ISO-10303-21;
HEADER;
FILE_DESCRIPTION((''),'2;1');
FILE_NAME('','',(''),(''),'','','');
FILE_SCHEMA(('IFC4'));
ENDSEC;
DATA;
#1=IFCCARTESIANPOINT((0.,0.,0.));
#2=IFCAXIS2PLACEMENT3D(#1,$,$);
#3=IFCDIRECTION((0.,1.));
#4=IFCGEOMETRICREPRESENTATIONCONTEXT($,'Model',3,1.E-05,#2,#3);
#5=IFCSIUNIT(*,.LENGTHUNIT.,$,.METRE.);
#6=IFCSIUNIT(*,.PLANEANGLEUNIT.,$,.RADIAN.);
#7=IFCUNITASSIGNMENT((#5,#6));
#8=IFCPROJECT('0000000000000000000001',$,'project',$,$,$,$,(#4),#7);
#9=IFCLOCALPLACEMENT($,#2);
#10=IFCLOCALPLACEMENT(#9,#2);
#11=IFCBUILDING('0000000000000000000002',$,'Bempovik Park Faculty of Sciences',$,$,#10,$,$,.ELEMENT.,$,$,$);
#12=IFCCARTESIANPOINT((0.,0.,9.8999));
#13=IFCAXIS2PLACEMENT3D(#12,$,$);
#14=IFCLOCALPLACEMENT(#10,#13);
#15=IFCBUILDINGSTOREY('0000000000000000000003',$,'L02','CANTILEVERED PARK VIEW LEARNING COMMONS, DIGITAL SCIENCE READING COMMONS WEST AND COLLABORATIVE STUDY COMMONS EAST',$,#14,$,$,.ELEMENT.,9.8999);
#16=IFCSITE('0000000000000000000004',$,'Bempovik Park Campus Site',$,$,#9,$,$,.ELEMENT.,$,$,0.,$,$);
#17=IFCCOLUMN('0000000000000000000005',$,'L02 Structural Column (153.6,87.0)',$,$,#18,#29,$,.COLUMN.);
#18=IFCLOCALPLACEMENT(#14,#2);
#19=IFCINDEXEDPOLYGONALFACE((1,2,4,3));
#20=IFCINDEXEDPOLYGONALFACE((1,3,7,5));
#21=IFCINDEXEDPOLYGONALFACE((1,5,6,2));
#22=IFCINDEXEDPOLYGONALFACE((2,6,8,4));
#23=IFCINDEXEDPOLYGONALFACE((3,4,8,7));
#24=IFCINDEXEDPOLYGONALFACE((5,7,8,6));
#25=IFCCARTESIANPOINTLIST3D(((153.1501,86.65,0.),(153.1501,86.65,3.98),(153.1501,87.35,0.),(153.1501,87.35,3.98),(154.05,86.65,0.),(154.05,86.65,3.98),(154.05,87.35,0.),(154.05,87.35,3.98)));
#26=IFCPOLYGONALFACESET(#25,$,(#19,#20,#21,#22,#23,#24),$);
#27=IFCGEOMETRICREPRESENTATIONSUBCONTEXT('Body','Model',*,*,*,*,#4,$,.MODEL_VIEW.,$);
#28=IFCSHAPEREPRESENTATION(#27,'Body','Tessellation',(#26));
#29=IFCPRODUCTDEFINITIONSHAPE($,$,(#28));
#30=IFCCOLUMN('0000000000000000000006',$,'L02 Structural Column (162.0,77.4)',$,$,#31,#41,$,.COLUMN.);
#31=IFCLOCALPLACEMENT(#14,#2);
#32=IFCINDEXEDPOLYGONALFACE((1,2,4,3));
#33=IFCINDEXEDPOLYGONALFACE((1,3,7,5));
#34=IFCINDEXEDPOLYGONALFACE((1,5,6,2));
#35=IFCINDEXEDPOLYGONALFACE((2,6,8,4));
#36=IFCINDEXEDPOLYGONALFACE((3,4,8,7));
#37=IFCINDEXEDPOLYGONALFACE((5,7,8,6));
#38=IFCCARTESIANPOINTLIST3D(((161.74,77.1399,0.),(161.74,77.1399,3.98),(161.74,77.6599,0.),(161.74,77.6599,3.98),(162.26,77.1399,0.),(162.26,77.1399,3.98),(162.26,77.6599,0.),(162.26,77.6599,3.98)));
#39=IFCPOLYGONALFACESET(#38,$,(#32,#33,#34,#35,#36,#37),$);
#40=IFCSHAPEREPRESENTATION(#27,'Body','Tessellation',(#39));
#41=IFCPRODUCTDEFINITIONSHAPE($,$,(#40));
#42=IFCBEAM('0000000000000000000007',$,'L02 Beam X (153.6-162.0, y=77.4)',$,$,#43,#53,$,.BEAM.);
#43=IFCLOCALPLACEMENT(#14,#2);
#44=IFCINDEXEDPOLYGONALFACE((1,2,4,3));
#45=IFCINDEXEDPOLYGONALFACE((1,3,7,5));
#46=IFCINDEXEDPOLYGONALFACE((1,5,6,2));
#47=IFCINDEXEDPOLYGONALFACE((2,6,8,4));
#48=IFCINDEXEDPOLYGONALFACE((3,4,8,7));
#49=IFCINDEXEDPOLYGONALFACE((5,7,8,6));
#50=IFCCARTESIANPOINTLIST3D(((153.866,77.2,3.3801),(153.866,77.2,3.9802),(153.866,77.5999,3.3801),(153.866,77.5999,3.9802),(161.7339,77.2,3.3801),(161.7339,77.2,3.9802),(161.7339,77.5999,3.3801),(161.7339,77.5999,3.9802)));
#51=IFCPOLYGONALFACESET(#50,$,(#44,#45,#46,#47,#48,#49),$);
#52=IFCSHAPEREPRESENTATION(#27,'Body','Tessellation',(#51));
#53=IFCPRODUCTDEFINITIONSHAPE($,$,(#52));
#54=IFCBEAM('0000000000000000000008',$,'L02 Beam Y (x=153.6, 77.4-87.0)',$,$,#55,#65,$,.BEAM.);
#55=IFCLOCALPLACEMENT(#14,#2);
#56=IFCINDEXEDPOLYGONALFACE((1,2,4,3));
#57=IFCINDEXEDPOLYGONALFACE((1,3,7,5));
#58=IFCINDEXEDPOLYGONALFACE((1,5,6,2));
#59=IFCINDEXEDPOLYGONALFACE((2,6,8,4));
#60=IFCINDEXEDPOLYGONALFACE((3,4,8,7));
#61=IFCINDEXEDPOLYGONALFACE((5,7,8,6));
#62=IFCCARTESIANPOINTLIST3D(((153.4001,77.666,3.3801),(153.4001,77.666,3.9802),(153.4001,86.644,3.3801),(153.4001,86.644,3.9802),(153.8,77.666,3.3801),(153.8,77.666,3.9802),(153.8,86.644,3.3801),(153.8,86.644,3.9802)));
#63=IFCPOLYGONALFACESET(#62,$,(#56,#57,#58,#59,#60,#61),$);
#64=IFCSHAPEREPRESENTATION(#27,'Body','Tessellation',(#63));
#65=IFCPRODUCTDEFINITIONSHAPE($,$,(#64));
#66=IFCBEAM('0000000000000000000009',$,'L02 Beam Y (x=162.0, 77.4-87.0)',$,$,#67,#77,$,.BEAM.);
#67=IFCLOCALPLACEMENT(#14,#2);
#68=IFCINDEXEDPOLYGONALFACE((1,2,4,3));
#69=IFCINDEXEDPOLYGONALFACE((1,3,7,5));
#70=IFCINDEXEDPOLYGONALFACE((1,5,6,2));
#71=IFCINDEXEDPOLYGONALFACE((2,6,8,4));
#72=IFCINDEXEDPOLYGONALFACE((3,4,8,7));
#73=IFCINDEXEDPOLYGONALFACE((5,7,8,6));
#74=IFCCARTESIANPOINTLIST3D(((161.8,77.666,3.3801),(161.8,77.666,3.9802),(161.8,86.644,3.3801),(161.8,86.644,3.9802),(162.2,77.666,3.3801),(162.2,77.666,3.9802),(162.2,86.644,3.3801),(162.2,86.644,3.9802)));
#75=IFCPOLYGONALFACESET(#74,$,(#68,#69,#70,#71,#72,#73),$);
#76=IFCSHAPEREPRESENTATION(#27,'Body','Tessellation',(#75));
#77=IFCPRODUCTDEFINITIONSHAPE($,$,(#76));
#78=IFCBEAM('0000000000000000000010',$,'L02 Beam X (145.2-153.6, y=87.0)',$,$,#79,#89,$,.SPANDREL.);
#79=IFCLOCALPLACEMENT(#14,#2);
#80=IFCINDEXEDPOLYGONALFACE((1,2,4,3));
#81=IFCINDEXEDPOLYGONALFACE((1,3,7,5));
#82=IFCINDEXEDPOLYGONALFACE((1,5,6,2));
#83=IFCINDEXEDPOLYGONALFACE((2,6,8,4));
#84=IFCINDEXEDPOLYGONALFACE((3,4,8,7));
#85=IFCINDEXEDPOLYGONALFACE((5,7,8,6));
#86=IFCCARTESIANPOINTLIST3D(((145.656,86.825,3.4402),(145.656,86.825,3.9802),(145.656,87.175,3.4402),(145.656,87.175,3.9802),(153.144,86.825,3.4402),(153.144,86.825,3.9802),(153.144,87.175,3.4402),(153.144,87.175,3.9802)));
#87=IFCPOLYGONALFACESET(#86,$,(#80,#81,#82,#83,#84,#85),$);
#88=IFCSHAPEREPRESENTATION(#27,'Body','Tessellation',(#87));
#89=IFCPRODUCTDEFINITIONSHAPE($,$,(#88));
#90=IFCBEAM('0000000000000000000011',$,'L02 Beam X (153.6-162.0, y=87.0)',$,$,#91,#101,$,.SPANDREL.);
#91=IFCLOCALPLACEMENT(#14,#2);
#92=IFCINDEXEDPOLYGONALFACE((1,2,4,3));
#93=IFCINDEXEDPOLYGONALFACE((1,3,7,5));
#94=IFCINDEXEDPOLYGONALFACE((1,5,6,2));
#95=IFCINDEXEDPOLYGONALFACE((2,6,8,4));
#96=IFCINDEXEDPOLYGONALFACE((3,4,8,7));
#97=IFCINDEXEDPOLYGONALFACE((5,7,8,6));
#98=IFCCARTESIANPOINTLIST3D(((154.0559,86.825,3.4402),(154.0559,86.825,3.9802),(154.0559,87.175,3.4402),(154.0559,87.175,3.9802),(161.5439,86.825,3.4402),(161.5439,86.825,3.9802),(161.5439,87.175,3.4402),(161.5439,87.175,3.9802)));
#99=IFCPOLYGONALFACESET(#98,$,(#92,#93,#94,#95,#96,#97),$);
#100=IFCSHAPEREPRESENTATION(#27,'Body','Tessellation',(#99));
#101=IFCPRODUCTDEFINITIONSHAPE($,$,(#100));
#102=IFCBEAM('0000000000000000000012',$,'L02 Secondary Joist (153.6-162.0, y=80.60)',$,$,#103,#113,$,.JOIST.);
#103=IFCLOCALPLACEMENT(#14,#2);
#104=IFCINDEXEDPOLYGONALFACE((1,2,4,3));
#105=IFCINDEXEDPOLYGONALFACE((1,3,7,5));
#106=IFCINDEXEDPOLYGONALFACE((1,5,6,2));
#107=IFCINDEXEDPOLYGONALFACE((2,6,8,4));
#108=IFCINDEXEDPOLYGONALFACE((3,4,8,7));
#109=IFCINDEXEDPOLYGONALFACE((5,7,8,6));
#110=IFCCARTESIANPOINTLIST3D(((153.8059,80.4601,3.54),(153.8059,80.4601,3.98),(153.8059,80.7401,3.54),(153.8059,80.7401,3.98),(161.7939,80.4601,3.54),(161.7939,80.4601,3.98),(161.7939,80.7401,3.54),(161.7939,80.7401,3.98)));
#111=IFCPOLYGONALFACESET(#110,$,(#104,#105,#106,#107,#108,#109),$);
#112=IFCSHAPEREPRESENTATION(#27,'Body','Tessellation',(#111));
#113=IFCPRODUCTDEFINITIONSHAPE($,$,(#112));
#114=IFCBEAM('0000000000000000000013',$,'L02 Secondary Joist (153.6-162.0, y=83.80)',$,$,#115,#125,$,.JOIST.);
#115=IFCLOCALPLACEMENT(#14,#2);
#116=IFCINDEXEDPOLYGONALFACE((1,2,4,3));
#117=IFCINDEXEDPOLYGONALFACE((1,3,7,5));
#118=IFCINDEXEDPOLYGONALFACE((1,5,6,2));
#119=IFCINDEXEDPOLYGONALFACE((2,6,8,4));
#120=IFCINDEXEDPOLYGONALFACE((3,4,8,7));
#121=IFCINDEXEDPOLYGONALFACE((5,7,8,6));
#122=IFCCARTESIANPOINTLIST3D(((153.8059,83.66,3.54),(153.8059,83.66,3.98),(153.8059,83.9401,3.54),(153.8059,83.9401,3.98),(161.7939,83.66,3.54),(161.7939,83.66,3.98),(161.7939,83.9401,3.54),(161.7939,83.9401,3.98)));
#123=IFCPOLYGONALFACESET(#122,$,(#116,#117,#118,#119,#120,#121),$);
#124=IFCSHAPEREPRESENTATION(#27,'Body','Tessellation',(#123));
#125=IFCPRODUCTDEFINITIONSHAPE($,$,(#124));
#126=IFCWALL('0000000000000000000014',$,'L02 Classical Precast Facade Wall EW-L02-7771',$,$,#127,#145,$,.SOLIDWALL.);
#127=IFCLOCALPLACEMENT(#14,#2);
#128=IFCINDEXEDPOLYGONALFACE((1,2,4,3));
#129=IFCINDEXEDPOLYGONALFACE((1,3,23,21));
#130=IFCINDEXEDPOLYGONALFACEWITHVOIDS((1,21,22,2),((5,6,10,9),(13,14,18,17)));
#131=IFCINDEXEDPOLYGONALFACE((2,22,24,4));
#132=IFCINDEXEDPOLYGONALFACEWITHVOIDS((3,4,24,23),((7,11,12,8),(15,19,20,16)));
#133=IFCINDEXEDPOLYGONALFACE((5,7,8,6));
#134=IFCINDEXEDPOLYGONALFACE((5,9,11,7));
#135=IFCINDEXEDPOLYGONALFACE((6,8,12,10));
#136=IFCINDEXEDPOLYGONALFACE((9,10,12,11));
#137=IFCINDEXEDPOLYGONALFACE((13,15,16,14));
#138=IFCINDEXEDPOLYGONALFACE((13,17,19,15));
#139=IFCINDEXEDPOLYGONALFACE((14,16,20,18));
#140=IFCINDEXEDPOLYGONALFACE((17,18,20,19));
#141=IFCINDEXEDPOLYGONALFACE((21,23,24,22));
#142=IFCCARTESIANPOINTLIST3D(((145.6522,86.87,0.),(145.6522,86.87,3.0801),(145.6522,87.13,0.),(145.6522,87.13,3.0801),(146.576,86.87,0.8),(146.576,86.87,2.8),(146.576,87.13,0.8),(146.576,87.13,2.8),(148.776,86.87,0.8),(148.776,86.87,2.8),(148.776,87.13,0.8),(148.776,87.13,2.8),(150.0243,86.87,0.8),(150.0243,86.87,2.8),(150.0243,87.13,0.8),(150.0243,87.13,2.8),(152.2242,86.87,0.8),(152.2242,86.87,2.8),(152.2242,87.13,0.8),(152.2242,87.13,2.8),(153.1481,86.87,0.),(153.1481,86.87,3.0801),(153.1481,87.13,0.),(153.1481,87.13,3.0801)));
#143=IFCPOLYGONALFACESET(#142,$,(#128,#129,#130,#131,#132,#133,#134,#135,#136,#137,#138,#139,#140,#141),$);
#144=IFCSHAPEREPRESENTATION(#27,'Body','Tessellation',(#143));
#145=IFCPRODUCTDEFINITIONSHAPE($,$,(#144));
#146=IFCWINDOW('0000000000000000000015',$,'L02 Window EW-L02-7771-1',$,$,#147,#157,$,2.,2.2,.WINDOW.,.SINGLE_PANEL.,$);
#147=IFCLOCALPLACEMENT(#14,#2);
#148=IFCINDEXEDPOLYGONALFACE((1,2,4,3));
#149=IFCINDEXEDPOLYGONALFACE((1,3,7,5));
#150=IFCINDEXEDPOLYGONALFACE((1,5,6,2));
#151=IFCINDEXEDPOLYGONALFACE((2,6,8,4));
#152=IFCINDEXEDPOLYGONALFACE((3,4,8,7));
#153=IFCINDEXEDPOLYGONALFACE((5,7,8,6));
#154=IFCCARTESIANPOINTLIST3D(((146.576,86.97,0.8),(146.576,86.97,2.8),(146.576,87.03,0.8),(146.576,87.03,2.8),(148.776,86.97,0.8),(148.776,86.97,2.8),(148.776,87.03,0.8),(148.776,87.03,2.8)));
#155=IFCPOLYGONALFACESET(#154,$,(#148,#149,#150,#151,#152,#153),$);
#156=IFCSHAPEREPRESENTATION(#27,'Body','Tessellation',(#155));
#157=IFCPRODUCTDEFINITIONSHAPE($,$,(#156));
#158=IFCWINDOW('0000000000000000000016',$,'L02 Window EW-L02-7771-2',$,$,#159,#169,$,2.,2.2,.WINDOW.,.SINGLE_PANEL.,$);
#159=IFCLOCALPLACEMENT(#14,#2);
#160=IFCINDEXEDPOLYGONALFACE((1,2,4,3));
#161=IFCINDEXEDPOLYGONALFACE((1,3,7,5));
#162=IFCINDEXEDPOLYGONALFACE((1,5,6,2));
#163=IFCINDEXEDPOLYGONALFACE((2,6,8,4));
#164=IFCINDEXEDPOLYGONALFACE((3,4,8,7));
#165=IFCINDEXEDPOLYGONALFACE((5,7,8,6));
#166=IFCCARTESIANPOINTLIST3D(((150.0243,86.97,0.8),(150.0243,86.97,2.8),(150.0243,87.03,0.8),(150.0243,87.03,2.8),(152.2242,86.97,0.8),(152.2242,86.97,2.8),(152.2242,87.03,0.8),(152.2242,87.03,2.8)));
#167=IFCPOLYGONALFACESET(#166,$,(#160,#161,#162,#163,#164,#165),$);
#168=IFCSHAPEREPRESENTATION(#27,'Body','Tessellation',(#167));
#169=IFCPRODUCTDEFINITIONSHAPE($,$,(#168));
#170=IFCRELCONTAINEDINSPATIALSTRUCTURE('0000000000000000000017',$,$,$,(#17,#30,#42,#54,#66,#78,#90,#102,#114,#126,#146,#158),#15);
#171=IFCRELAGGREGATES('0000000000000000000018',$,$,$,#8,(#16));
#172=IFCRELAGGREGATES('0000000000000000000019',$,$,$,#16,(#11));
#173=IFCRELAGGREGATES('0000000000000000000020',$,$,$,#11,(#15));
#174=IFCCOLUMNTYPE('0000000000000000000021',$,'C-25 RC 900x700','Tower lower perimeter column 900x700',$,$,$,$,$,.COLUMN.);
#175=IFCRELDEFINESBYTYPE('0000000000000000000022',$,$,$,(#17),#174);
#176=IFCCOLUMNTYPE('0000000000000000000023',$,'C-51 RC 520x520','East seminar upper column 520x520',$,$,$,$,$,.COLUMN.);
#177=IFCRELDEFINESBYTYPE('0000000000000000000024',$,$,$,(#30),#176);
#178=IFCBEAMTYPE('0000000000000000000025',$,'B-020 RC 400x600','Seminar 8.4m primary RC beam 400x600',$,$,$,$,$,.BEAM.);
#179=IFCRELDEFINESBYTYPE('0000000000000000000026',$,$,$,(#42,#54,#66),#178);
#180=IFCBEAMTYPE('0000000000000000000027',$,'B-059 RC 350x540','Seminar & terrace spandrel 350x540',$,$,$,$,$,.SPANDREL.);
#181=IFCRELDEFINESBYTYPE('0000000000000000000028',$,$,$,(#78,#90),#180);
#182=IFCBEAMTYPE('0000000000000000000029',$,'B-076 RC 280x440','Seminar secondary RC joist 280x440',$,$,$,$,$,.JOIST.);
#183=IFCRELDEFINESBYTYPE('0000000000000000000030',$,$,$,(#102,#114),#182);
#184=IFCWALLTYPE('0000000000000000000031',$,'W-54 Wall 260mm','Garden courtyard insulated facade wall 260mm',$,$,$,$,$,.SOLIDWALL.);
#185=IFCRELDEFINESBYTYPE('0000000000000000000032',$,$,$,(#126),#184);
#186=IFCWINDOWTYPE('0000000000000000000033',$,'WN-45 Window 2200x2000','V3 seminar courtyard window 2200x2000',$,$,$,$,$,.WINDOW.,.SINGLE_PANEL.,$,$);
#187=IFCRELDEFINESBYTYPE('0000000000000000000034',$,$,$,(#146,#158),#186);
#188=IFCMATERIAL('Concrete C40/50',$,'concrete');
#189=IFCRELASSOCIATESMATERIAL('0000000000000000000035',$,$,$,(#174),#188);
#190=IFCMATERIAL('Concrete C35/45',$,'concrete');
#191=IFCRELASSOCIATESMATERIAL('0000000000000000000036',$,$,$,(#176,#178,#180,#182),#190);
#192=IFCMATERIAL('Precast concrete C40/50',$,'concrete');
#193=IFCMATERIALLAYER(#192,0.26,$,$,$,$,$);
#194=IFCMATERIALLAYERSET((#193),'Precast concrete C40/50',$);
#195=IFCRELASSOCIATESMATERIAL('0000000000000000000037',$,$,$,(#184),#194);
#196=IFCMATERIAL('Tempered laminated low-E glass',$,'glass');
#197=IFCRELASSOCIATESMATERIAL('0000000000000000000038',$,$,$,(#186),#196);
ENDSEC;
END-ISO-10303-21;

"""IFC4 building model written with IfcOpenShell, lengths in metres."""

from ifc_helpers import new_model, si_unit, direction, frame, frame_2d, origin, origin_2d, place, context, subcontext, project, spatial, rectangle, extrude, material, layer, layer_set, material_profile, profile_set, type_object, element, fill, save


model = new_model("IFC4")

# Units and contexts
model_context = context("Model", 3, precision=1e-05, world=origin(), true_north=direction((0.0, 1.0)))
body_context = subcontext(model_context, "Body", "Model", "MODEL_VIEW")
ifc_project = project(units=[si_unit("LENGTHUNIT", "METRE"), si_unit("PLANEANGLEUNIT", "RADIAN")], contexts=[model_context])

# Site, building, storey
site_placement = place(None, origin())
site = spatial("IfcSite", under=ifc_project, at=site_placement, Name="Bempovik Park Campus Site", CompositionType="ELEMENT", RefElevation=0.0)
building_placement = place(site_placement, origin())
building = spatial("IfcBuilding", under=site, at=building_placement, Name="Bempovik Park Faculty of Sciences", CompositionType="ELEMENT")
storey_placement = place(building_placement, frame((0.0, 0.0, 9.8999)))
storey = spatial("IfcBuildingStorey", under=building, at=storey_placement, Name="L02", Description="CANTILEVERED PARK VIEW LEARNING COMMONS, DIGITAL SCIENCE READING COMMONS WEST AND COLLABORATIVE STUDY COMMONS EAST", CompositionType="ELEMENT", Elevation=9.8999)

# Columns
ifc_material_1 = material(Name="Concrete C40/50", Category="concrete")
ifc_material_profile_1 = material_profile(ifc_material_1, rectangle(XDim=0.8999, YDim=0.7, at=origin_2d()), Name="RC 900x700")
ifc_profile_set_1 = profile_set([ifc_material_profile_1], Name="Concrete C40/50")
column_type_1 = type_object("IfcColumnType", Name="C-25 RC 900x700", Description="Tower lower perimeter column 900x700", PredefinedType="COLUMN", material=ifc_profile_set_1)
column_1_placement = place(storey_placement, frame((153.6001, 87.0, 0.0), z_axis=(0.0, 0.0, 1.0), x_axis=(1.0, 0.0, 0.0)))
element("IfcColumn", 1, at=column_1_placement, inside=storey, type_object=column_type_1, Name="L02 Structural Column (153.6,87.0)", PredefinedType="COLUMN", context=body_context, shape_type="SweptSolid", body=[
    extrude(rectangle(XDim=0.8999, YDim=0.7, at=origin_2d()), origin(), (0.0, 0.0, 1.0), 3.98),
])
ifc_material_2 = material(Name="Concrete C35/45", Category="concrete")
ifc_material_profile_2 = material_profile(ifc_material_2, rectangle(XDim=0.52, YDim=0.52, at=origin_2d()), Name="RC 520x520")
ifc_profile_set_2 = profile_set([ifc_material_profile_2], Name="Concrete C35/45")
column_type_2 = type_object("IfcColumnType", Name="C-51 RC 520x520", Description="East seminar upper column 520x520", PredefinedType="COLUMN", material=ifc_profile_set_2)
column_2_placement = place(storey_placement, frame((162.0, 77.3999, 0.0), z_axis=(0.0, 0.0, 1.0), x_axis=(1.0, 0.0, 0.0)))
element("IfcColumn", 2, at=column_2_placement, inside=storey, type_object=column_type_2, Name="L02 Structural Column (162.0,77.4)", PredefinedType="COLUMN", context=body_context, shape_type="SweptSolid", body=[
    extrude(rectangle(XDim=0.52, YDim=0.52, at=origin_2d()), origin(), (0.0, 0.0, 1.0), 3.98),
])

# Beams
ifc_material_profile_3 = material_profile(ifc_material_2, rectangle(XDim=0.3999, YDim=0.6001, at=origin_2d()), Name="RC 400x600")
ifc_profile_set_3 = profile_set([ifc_material_profile_3], Name="Concrete C35/45")
beam_type_1 = type_object("IfcBeamType", Name="B-020 RC 400x600", Description="Seminar 8.4m primary RC beam 400x600", PredefinedType="BEAM", material=ifc_profile_set_3)
beam_placement = place(storey_placement, frame((153.866, 77.3999, 3.6802), z_axis=(1.0, 0.0, 0.0), x_axis=(0.0, 1.0, 0.0)))
element("IfcBeam", 3, at=beam_placement, inside=storey, type_object=beam_type_1, Name="L02 Beam X (153.6-162.0, y=77.4)", PredefinedType="BEAM", context=body_context, shape_type="SweptSolid", body=[
    extrude(rectangle(XDim=0.3999, YDim=0.6001, at=origin_2d()), origin(), (0.0, 0.0, 1.0), 7.8679),
])
for number, where, z_axis, x_axis, name in (
    (4, (153.6001, 77.666, 3.6802), (0.0, 1.0, 0.0), (-1.0, 0.0, 0.0), "L02 Beam Y (x=153.6, 77.4-87.0)"),
    (5, (162.0, 77.666, 3.6802), (0.0, 1.0, 0.0), (-1.0, 0.0, 0.0), "L02 Beam Y (x=162.0, 77.4-87.0)"),
):
    element("IfcBeam", number, at=place(storey_placement, frame(where, z_axis=z_axis, x_axis=x_axis)), inside=storey, type_object=beam_type_1, Name=name, PredefinedType="BEAM", context=body_context, shape_type="SweptSolid", body=[
        extrude(rectangle(XDim=0.3999, YDim=0.6001, at=origin_2d()), origin(), (0.0, 0.0, 1.0), 8.978),
    ])
ifc_material_profile_4 = material_profile(ifc_material_2, rectangle(XDim=0.3501, YDim=0.54, at=origin_2d()), Name="RC 350x540")
ifc_profile_set_4 = profile_set([ifc_material_profile_4], Name="Concrete C35/45")
beam_type_2 = type_object("IfcBeamType", Name="B-059 RC 350x540", Description="Seminar & terrace spandrel 350x540", PredefinedType="SPANDREL", material=ifc_profile_set_4)
for number, where, z_axis, x_axis, name in (
    (6, (145.656, 87.0, 3.7102), (1.0, 0.0, 0.0), (0.0, 1.0, 0.0), "L02 Beam X (145.2-153.6, y=87.0)"),
    (7, (154.0559, 87.0, 3.7102), (1.0, 0.0, 0.0), (0.0, 1.0, 0.0), "L02 Beam X (153.6-162.0, y=87.0)"),
):
    element("IfcBeam", number, at=place(storey_placement, frame(where, z_axis=z_axis, x_axis=x_axis)), inside=storey, type_object=beam_type_2, Name=name, PredefinedType="SPANDREL", context=body_context, shape_type="SweptSolid", body=[
        extrude(rectangle(XDim=0.3501, YDim=0.54, at=origin_2d()), origin(), (0.0, 0.0, 1.0), 7.488),
    ])
ifc_material_profile_5 = material_profile(ifc_material_2, rectangle(XDim=0.28, YDim=0.4399, at=origin_2d()), Name="RC 280x440")
ifc_profile_set_5 = profile_set([ifc_material_profile_5], Name="Concrete C35/45")
beam_type_3 = type_object("IfcBeamType", Name="B-076 RC 280x440", Description="Seminar secondary RC joist 280x440", PredefinedType="JOIST", material=ifc_profile_set_5)
for number, where, z_axis, x_axis, name in (
    (8, (153.8059, 80.6001, 3.76), (1.0, 0.0, 0.0), (0.0, 1.0, 0.0), "L02 Secondary Joist (153.6-162.0, y=80.60)"),
    (9, (153.8059, 83.8, 3.76), (1.0, 0.0, 0.0), (0.0, 1.0, 0.0), "L02 Secondary Joist (153.6-162.0, y=83.80)"),
):
    element("IfcBeam", number, at=place(storey_placement, frame(where, z_axis=z_axis, x_axis=x_axis)), inside=storey, type_object=beam_type_3, Name=name, PredefinedType="JOIST", context=body_context, shape_type="SweptSolid", body=[
        extrude(rectangle(XDim=0.28, YDim=0.4399, at=origin_2d()), origin(), (0.0, 0.0, 1.0), 7.988),
    ])

# Wall, openings, windows
ifc_material_3 = material(Name="Precast concrete C40/50", Category="concrete")
ifc_layer_1 = layer(ifc_material_3, 0.26)
ifc_layer_set_1 = layer_set([ifc_layer_1], Name="Precast concrete C40/50")
wall_type = type_object("IfcWallType", Name="W-54 Wall 260mm", Description="Garden courtyard insulated facade wall 260mm", PredefinedType="SOLIDWALL", material=ifc_layer_set_1)
wall_1_placement = place(storey_placement, frame((145.6521, 87.0, 0.0), z_axis=(0.0, 0.0, 1.0), x_axis=(1.0, 0.0, 0.0)))
wall_1 = element("IfcWall", 10, at=wall_1_placement, inside=storey, type_object=wall_type, Name="L02 Classical Precast Facade Wall EW-L02-7771", PredefinedType="SOLIDWALL", context=body_context, shape_type="SweptSolid", body=[
    extrude(rectangle(XDim=7.4958, YDim=0.26, at=frame_2d((3.748, 0.0))), origin(), (0.0, 0.0, 1.0), 3.0801),
])
opening_1_placement = place(wall_1_placement, frame((0.9238, 0.0, 0.8)))
opening_1 = element("IfcOpeningElement", 11, at=opening_1_placement, cuts=wall_1, PredefinedType="OPENING", context=body_context, shape_type="SweptSolid", body=[
    extrude(rectangle(XDim=2.2, YDim=2.0, at=frame_2d((1.1001, 1.0))), frame((0.0, 0.1401, 0.0), z_axis=(0.0, -1.0, 0.0), x_axis=(1.0, 0.0, 0.0)), (0.0, 0.0, 1.0), 0.28),
])
opening_2_placement = place(wall_1_placement, frame((4.3721, 0.0, 0.8)))
opening_2 = element("IfcOpeningElement", 12, at=opening_2_placement, cuts=wall_1, PredefinedType="OPENING", context=body_context, shape_type="SweptSolid", body=[
    extrude(rectangle(XDim=2.2, YDim=2.0, at=frame_2d((1.1001, 1.0))), frame((0.0, 0.1401, 0.0), z_axis=(0.0, -1.0, 0.0), x_axis=(1.0, 0.0, 0.0)), (0.0, 0.0, 1.0), 0.28),
])
ifc_material_4 = material(Name="Tempered laminated low-E glass", Category="glass")
window_type = type_object("IfcWindowType", Name="WN-45 Window 2200x2000", Description="V3 seminar courtyard window 2200x2000", PartitioningType="SINGLE_PANEL", PredefinedType="WINDOW", material=ifc_material_4)
window_1_placement = place(opening_1_placement, origin())
window_1 = element("IfcWindow", 13, at=window_1_placement, inside=storey, type_object=window_type, Name="L02 Window EW-L02-7771-1", OverallHeight=2.0, OverallWidth=2.2, PartitioningType="SINGLE_PANEL", PredefinedType="WINDOW", context=body_context, shape_type="SweptSolid", body=[
    extrude(rectangle(XDim=2.2, YDim=2.0, at=frame_2d((1.1001, 1.0))), frame((0.0, 0.03, 0.0), z_axis=(0.0, -1.0, 0.0), x_axis=(1.0, 0.0, 0.0)), (0.0, 0.0, 1.0), 0.0601),
])
fill(opening_1, window_1)
window_2_placement = place(opening_2_placement, origin())
window_2 = element("IfcWindow", 14, at=window_2_placement, inside=storey, type_object=window_type, Name="L02 Window EW-L02-7771-2", OverallHeight=2.0, OverallWidth=2.2, PartitioningType="SINGLE_PANEL", PredefinedType="WINDOW", context=body_context, shape_type="SweptSolid", body=[
    extrude(rectangle(XDim=2.2, YDim=2.0, at=frame_2d((1.1001, 1.0))), frame((0.0, 0.03, 0.0), z_axis=(0.0, -1.0, 0.0), x_axis=(1.0, 0.0, 0.0)), (0.0, 0.0, 1.0), 0.0601),
])
fill(opening_2, window_2)

save(model, "model.ifc")
